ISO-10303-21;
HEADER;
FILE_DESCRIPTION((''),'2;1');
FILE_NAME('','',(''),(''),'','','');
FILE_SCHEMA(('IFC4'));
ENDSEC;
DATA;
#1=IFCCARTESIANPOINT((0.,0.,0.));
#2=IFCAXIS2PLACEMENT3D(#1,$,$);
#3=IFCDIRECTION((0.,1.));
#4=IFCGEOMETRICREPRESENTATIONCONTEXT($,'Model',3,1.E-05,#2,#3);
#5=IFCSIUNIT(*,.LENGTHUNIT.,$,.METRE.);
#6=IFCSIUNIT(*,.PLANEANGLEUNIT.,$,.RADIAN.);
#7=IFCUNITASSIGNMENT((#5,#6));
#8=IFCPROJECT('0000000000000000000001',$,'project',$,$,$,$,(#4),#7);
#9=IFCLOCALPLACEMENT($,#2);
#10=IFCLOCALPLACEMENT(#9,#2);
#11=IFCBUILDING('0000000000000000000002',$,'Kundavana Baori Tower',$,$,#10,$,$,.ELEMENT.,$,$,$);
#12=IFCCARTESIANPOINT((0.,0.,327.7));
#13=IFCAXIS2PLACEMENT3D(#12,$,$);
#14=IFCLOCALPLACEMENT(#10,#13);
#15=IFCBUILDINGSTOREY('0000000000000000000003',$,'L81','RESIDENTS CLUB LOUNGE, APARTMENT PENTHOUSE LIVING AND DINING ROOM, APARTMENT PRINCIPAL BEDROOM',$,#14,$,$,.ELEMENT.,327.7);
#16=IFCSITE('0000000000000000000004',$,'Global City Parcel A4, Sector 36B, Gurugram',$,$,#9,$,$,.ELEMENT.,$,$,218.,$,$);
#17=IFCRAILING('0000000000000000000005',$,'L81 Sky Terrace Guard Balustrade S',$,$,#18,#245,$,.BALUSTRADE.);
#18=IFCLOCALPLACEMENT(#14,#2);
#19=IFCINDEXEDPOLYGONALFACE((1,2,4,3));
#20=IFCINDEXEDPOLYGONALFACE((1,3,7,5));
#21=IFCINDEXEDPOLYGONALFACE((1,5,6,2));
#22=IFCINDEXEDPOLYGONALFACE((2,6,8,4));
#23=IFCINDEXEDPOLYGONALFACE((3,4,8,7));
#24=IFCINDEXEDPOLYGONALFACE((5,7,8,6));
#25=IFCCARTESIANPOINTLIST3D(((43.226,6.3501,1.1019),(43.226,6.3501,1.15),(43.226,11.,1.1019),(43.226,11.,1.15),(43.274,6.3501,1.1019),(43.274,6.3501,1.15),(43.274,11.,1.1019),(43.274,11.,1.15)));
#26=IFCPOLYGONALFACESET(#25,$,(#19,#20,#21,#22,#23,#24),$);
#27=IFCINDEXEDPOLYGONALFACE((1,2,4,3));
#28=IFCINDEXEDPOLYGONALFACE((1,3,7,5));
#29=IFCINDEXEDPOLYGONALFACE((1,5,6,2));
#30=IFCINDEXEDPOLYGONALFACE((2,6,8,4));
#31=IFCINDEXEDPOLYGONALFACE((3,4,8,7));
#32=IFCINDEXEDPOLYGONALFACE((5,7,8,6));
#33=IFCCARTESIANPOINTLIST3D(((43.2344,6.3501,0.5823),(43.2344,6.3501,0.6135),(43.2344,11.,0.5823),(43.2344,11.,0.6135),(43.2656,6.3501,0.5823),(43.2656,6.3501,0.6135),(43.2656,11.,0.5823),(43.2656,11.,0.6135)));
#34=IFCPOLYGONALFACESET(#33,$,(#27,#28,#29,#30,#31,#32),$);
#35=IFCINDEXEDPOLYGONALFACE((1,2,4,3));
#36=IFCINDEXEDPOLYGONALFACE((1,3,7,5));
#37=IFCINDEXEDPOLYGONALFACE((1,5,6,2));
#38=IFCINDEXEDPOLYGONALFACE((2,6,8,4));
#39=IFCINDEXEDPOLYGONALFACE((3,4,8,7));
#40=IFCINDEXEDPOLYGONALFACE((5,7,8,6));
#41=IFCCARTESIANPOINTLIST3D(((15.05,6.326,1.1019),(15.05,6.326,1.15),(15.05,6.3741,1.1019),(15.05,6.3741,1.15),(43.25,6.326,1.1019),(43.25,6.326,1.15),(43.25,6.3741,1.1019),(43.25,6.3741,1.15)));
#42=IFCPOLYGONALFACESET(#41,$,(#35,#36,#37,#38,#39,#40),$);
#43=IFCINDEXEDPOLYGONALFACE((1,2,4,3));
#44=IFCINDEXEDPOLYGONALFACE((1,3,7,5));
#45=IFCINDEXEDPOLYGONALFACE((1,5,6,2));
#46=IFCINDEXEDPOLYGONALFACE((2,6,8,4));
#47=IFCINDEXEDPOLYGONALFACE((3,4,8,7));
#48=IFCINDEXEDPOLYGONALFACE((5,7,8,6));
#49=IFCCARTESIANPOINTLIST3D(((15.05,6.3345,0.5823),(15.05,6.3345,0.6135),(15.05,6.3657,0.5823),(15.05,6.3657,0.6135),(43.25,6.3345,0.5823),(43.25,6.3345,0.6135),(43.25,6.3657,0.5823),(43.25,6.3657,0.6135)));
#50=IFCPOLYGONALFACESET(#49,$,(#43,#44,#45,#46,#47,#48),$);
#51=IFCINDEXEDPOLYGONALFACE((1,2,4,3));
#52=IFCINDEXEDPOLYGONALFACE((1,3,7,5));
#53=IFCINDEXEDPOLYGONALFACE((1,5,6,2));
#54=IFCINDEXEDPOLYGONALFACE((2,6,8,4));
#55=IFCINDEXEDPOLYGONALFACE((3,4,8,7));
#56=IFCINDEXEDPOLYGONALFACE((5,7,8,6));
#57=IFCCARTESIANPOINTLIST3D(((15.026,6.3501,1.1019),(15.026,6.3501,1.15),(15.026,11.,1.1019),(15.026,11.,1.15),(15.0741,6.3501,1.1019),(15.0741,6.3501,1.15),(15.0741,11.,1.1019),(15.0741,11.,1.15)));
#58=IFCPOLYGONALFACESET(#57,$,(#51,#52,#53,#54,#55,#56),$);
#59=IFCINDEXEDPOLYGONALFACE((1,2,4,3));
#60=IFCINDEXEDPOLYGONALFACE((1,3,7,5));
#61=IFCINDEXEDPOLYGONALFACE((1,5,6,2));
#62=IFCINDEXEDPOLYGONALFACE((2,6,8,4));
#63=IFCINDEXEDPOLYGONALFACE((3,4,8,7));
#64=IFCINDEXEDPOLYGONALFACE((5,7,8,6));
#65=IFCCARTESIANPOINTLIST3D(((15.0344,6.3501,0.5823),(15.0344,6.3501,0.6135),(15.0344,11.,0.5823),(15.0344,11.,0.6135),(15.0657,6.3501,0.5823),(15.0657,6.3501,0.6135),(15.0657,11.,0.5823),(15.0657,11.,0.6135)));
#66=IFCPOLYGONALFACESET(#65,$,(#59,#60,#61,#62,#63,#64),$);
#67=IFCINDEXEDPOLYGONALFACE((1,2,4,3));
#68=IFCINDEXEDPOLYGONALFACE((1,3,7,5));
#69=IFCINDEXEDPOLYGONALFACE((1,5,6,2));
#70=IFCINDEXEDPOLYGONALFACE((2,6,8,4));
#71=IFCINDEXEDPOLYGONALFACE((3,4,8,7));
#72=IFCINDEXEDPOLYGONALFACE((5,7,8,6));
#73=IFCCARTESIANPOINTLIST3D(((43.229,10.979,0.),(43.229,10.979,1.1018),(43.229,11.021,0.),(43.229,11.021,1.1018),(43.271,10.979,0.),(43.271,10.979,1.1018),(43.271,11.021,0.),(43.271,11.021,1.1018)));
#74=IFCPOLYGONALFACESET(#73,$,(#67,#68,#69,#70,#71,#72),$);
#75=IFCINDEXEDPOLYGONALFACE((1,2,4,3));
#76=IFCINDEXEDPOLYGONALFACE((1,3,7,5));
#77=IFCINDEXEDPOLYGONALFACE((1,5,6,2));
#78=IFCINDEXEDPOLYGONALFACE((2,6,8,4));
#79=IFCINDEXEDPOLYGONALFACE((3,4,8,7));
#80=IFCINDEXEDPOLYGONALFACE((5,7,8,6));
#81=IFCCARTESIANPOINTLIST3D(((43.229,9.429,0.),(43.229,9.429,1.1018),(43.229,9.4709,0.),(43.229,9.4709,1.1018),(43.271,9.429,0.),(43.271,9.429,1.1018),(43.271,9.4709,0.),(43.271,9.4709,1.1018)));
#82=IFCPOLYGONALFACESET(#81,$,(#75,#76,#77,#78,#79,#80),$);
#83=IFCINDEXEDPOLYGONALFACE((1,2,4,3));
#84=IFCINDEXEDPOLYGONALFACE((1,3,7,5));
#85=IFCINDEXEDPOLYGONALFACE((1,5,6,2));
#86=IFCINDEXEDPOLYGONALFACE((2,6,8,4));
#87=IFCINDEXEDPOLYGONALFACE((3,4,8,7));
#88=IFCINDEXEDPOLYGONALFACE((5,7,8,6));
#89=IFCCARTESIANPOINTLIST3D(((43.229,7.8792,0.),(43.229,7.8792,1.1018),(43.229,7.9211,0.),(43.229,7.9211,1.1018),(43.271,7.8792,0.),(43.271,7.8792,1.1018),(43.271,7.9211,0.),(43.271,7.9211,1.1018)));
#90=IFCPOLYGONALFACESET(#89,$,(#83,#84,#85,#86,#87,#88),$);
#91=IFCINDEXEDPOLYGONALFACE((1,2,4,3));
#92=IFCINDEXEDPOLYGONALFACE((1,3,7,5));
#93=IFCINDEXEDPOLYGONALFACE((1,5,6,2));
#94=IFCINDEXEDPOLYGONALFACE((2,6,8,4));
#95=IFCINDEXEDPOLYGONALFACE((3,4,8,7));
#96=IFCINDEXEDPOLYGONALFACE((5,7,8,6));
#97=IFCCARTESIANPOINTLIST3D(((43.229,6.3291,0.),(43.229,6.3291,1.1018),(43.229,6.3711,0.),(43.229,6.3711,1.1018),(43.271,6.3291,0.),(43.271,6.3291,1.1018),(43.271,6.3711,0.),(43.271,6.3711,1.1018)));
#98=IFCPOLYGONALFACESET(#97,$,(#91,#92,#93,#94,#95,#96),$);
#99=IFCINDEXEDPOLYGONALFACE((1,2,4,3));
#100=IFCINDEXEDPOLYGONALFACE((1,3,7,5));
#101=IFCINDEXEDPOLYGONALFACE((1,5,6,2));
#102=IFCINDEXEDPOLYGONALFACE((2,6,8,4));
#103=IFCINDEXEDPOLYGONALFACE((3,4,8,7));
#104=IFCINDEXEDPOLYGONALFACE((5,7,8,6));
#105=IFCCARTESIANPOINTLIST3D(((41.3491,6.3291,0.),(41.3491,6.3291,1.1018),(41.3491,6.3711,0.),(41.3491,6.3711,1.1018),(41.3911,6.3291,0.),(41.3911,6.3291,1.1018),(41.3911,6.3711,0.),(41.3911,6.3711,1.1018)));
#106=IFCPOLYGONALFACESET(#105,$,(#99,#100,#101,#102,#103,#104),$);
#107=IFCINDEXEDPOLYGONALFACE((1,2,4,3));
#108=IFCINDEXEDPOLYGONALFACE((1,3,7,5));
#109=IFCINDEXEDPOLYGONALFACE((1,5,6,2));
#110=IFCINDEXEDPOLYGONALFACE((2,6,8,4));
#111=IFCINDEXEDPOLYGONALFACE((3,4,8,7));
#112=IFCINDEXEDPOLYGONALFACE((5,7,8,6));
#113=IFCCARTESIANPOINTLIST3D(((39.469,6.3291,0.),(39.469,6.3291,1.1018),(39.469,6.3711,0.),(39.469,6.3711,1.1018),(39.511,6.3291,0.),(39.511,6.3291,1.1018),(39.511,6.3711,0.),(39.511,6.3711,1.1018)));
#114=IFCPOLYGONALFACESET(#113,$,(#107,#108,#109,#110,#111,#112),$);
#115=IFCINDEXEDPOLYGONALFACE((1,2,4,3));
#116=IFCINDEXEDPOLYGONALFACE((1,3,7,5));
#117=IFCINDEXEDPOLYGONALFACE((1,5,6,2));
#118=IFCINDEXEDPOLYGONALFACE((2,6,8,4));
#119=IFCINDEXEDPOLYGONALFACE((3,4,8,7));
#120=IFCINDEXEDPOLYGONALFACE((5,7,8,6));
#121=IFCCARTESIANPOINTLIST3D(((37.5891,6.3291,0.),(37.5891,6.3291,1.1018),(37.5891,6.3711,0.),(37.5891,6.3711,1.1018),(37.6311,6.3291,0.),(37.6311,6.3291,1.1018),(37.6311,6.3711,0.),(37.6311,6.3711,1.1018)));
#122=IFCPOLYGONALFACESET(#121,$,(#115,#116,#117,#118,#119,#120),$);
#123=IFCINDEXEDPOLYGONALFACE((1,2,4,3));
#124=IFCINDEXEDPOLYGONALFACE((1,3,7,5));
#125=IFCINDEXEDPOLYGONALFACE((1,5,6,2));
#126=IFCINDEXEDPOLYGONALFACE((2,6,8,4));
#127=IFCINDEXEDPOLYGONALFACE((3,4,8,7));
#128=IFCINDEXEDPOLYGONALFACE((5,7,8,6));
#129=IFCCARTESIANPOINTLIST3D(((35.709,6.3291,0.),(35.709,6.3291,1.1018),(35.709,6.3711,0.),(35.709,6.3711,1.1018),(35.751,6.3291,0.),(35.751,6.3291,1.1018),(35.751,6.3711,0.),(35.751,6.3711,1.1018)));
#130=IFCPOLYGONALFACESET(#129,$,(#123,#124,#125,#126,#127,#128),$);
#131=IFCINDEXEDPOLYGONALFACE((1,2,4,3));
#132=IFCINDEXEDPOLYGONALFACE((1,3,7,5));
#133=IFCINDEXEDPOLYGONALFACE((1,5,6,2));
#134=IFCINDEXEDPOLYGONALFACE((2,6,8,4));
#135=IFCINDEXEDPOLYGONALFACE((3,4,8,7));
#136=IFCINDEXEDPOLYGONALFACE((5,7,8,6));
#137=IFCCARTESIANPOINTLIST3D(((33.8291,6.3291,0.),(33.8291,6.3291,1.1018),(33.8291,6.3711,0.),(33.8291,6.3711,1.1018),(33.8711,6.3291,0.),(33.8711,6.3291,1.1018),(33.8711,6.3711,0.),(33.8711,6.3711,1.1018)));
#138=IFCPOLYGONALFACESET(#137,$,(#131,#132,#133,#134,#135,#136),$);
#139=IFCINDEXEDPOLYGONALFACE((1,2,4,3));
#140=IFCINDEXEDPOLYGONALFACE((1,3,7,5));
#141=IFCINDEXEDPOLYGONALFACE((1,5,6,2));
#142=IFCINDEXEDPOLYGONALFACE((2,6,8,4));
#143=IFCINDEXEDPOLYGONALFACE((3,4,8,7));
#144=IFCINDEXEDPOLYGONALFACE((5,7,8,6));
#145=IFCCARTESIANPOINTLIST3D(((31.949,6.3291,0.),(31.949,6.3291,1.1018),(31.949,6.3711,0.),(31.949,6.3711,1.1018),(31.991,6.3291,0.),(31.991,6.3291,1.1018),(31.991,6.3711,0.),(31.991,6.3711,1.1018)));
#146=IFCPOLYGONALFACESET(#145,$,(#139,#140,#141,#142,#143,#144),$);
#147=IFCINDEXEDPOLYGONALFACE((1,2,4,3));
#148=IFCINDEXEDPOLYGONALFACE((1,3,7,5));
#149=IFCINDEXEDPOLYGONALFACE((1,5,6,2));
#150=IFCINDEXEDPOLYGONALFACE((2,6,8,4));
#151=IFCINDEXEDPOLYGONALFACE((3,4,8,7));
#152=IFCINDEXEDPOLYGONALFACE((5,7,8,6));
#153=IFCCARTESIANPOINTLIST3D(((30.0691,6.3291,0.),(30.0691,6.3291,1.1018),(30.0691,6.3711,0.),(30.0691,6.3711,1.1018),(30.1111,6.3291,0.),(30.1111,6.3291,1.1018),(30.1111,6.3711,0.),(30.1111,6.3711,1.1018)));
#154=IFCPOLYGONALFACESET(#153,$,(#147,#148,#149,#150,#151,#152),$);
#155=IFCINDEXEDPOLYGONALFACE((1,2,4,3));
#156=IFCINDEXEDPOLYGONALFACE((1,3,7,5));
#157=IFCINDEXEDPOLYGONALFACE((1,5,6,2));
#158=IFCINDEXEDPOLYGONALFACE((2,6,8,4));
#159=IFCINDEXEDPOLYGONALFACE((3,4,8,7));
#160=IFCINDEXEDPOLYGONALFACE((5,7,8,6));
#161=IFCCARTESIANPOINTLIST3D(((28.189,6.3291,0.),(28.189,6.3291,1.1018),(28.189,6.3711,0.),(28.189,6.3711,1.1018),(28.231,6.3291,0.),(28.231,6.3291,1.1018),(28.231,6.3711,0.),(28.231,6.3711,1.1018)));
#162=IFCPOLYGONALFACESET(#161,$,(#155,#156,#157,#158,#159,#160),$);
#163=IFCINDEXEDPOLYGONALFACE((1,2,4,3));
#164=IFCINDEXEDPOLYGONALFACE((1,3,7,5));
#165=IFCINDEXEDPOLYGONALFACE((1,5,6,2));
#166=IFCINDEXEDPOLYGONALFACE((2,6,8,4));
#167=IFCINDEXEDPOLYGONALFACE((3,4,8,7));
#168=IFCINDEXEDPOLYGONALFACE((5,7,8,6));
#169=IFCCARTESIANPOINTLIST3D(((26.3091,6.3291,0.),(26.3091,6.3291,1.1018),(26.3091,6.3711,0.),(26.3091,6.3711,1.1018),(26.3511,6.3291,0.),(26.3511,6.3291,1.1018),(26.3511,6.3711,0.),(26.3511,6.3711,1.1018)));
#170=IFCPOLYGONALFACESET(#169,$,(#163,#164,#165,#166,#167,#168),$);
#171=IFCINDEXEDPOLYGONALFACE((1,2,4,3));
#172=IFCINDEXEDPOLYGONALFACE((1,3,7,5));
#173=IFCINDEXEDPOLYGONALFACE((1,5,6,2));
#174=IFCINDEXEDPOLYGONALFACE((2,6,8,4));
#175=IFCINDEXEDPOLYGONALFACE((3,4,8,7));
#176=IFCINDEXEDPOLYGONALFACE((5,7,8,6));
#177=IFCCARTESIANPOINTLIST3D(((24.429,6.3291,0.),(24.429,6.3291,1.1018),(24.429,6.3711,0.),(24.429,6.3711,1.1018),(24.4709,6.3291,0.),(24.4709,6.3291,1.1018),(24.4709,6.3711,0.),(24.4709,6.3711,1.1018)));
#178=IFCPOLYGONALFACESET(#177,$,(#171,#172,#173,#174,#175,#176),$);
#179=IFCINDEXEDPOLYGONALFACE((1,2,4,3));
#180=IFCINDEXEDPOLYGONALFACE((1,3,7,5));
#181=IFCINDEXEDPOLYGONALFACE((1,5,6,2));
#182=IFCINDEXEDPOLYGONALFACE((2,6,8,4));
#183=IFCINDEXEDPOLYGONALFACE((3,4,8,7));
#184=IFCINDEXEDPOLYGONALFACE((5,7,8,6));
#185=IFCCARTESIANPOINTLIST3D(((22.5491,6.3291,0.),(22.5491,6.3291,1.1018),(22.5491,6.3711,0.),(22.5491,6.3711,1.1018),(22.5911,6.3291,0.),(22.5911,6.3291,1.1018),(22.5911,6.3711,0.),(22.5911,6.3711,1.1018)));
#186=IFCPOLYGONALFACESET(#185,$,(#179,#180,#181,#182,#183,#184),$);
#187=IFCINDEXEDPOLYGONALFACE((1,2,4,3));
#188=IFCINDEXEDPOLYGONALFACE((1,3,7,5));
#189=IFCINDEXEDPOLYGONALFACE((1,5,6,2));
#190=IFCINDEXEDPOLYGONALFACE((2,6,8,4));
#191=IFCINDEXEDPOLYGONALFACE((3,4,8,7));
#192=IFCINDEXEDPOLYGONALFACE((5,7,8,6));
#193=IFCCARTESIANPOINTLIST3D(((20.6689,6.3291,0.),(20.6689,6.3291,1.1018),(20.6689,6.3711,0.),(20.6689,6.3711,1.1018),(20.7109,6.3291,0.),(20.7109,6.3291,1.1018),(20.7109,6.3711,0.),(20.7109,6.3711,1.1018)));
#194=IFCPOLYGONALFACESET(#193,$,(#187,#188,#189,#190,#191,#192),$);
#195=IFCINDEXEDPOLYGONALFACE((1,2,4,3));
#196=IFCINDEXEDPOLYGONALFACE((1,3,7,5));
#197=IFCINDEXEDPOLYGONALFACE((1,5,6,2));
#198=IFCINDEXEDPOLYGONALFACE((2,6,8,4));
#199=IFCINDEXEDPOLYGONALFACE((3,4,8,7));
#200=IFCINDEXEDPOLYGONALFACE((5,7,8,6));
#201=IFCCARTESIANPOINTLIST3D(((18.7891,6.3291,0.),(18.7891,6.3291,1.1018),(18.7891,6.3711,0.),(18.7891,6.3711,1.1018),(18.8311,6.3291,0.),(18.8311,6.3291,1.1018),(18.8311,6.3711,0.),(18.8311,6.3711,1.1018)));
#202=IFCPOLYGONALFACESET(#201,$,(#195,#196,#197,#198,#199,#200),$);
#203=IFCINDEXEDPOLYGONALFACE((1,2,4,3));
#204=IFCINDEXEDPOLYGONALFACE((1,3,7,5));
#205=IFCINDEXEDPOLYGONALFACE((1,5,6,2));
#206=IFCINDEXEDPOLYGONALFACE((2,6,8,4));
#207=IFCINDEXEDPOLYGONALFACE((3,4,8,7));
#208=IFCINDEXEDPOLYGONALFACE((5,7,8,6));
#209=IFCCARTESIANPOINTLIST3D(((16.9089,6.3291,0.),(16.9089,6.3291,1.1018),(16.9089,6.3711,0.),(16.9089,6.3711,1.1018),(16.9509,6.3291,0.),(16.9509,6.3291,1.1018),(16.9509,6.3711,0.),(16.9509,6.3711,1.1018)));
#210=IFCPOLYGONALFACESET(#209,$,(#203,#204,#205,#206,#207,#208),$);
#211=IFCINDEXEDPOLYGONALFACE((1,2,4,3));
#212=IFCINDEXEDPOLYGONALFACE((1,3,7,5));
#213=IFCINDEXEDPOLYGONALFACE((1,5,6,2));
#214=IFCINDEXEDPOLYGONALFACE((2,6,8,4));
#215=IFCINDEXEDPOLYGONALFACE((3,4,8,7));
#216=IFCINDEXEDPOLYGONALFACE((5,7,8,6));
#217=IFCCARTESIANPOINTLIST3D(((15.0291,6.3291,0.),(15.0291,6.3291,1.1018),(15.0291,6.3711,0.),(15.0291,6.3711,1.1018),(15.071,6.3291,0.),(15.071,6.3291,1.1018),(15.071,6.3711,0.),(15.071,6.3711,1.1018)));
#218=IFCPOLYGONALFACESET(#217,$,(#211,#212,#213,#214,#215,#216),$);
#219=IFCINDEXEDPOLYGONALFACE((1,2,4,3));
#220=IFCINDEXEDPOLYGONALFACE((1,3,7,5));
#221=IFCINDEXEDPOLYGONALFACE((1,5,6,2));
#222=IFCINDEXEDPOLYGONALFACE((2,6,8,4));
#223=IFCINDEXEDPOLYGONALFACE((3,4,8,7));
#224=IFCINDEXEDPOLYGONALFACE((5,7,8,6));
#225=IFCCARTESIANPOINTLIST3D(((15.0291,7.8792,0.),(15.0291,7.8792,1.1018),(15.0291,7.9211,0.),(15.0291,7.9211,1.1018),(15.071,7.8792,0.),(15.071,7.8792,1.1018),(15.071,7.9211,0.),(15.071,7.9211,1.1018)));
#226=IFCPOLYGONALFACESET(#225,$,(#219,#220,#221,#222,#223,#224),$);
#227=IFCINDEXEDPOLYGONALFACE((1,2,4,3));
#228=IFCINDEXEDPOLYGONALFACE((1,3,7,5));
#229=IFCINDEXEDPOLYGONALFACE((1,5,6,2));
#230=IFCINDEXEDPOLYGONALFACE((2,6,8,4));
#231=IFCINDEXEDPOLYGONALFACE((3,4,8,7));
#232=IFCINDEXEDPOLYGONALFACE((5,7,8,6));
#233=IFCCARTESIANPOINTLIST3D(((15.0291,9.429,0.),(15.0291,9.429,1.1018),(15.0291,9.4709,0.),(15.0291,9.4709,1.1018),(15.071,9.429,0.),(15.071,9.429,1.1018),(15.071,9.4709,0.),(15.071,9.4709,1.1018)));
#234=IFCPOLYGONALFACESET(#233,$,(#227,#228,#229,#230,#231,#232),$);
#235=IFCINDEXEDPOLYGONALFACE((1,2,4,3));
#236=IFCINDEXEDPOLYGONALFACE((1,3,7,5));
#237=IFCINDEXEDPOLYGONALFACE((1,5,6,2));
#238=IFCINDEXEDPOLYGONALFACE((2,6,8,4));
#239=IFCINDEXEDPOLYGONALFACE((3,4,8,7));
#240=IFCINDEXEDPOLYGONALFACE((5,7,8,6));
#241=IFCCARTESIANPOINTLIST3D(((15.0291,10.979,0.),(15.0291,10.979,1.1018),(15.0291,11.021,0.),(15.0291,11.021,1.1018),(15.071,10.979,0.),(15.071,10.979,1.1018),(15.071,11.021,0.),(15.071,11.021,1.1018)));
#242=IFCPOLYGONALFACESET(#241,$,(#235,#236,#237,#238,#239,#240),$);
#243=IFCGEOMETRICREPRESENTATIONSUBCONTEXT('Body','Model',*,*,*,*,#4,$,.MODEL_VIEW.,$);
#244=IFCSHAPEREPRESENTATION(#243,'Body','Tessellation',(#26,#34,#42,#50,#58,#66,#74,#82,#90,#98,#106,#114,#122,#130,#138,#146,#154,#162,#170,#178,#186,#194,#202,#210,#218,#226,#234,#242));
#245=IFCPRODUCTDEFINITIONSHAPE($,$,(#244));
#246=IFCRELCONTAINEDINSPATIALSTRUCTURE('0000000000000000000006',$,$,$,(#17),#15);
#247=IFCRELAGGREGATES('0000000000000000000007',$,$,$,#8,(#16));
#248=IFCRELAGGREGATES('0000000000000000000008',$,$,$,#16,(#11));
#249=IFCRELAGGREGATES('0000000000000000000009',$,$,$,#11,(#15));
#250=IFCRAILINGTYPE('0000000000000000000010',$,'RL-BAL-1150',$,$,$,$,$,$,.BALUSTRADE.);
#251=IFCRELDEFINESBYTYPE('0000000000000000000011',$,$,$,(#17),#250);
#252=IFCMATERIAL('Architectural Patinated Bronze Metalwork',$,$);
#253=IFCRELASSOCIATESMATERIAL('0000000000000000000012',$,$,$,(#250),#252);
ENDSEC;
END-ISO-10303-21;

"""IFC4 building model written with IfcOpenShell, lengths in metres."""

from ifc_helpers import new_model, si_unit, direction, frame, origin, origin_2d, place, context, subcontext, project, spatial, rectangle, extrude, material, type_object, element, save


model = new_model("IFC4")

# Units and contexts
model_context = context("Model", 3, precision=1e-05, world=origin(), true_north=direction((0.0, 1.0)))
body_context = subcontext(model_context, "Body", "Model", "MODEL_VIEW")
ifc_project = project(units=[si_unit("LENGTHUNIT", "METRE"), si_unit("PLANEANGLEUNIT", "RADIAN")], contexts=[model_context])

# Site, building, storey
site_placement = place(None, origin())
site = spatial("IfcSite", under=ifc_project, at=site_placement, Name="Global City Parcel A4, Sector 36B, Gurugram", CompositionType="ELEMENT", RefElevation=218.0)
building_placement = place(site_placement, origin())
building = spatial("IfcBuilding", under=site, at=building_placement, Name="Kundavana Baori Tower", CompositionType="ELEMENT")
storey_placement = place(building_placement, frame((0.0, 0.0, 327.7)))
storey = spatial("IfcBuildingStorey", under=building, at=storey_placement, Name="L81", Description="RESIDENTS CLUB LOUNGE, APARTMENT PENTHOUSE LIVING AND DINING ROOM, APARTMENT PRINCIPAL BEDROOM", CompositionType="ELEMENT", Elevation=327.7)

# Railing
ifc_material_1 = material(Name="Architectural Patinated Bronze Metalwork")
railing_type = type_object("IfcRailingType", Name="RL-BAL-1150", PredefinedType="BALUSTRADE", material=ifc_material_1)
railing_placement = place(storey_placement, frame((43.25, 11.0, 0.0)))
element("IfcRailing", 1, at=railing_placement, inside=storey, type_object=railing_type, Name="L81 Sky Terrace Guard Balustrade S", PredefinedType="BALUSTRADE", context=body_context, shape_type="SweptSolid", body=[
    extrude(rectangle(XDim=0.0481, YDim=0.0481, at=origin_2d()), frame((0.0, 0.0, 1.126), z_axis=(0.0, -1.0, 0.0), x_axis=(1.0, 0.0, 0.0)), (0.0, 0.0, 1.0), 4.6499),
    extrude(rectangle(XDim=0.0312, YDim=0.0312, at=origin_2d()), frame((0.0, 0.0, 0.5979), z_axis=(0.0, -1.0, 0.0), x_axis=(1.0, 0.0, 0.0)), (0.0, 0.0, 1.0), 4.6499),
    extrude(rectangle(XDim=0.0481, YDim=0.0481, at=origin_2d()), frame((0.0, -4.6499, 1.126), z_axis=(-1.0, 0.0, 0.0), x_axis=(0.0, -1.0, 0.0)), (0.0, 0.0, 1.0), 28.2),
    extrude(rectangle(XDim=0.0312, YDim=0.0312, at=origin_2d()), frame((0.0, -4.6499, 0.5979), z_axis=(-1.0, 0.0, 0.0), x_axis=(0.0, -1.0, 0.0)), (0.0, 0.0, 1.0), 28.2),
    extrude(rectangle(XDim=0.0481, YDim=0.0481, at=origin_2d()), frame((-28.2, -4.6499, 1.126), z_axis=(0.0, 1.0, 0.0), x_axis=(-1.0, 0.0, 0.0)), (0.0, 0.0, 1.0), 4.6499),
    extrude(rectangle(XDim=0.0312, YDim=0.0312, at=origin_2d()), frame((-28.2, -4.6499, 0.5979), z_axis=(0.0, 1.0, 0.0), x_axis=(-1.0, 0.0, 0.0)), (0.0, 0.0, 1.0), 4.6499),
    extrude(rectangle(XDim=0.042, YDim=0.042, at=origin_2d()), origin(), (0.0, 0.0, 1.0), 1.1018),
    extrude(rectangle(XDim=0.042, YDim=0.042, at=origin_2d()), frame((0.0, -1.55, 0.0)), (0.0, 0.0, 1.0), 1.1018),
    extrude(rectangle(XDim=0.042, YDim=0.042, at=origin_2d()), frame((0.0, -3.0999, 0.0)), (0.0, 0.0, 1.0), 1.1018),
    extrude(rectangle(XDim=0.042, YDim=0.042, at=origin_2d()), frame((0.0, -4.6499, 0.0)), (0.0, 0.0, 1.0), 1.1018),
    extrude(rectangle(XDim=0.042, YDim=0.042, at=origin_2d()), frame((-1.8799, -4.6499, 0.0)), (0.0, 0.0, 1.0), 1.1018),
    extrude(rectangle(XDim=0.042, YDim=0.042, at=origin_2d()), frame((-3.76, -4.6499, 0.0)), (0.0, 0.0, 1.0), 1.1018),
    extrude(rectangle(XDim=0.042, YDim=0.042, at=origin_2d()), frame((-5.6399, -4.6499, 0.0)), (0.0, 0.0, 1.0), 1.1018),
    extrude(rectangle(XDim=0.042, YDim=0.042, at=origin_2d()), frame((-7.52, -4.6499, 0.0)), (0.0, 0.0, 1.0), 1.1018),
    extrude(rectangle(XDim=0.042, YDim=0.042, at=origin_2d()), frame((-9.3999, -4.6499, 0.0)), (0.0, 0.0, 1.0), 1.1018),
    extrude(rectangle(XDim=0.042, YDim=0.042, at=origin_2d()), frame((-11.28, -4.6499, 0.0)), (0.0, 0.0, 1.0), 1.1018),
    extrude(rectangle(XDim=0.042, YDim=0.042, at=origin_2d()), frame((-13.1599, -4.6499, 0.0)), (0.0, 0.0, 1.0), 1.1018),
    extrude(rectangle(XDim=0.042, YDim=0.042, at=origin_2d()), frame((-15.04, -4.6499, 0.0)), (0.0, 0.0, 1.0), 1.1018),
    extrude(rectangle(XDim=0.042, YDim=0.042, at=origin_2d()), frame((-16.9199, -4.6499, 0.0)), (0.0, 0.0, 1.0), 1.1018),
    extrude(rectangle(XDim=0.042, YDim=0.042, at=origin_2d()), frame((-18.8, -4.6499, 0.0)), (0.0, 0.0, 1.0), 1.1018),
    extrude(rectangle(XDim=0.042, YDim=0.042, at=origin_2d()), frame((-20.6799, -4.6499, 0.0)), (0.0, 0.0, 1.0), 1.1018),
    extrude(rectangle(XDim=0.042, YDim=0.042, at=origin_2d()), frame((-22.5601, -4.6499, 0.0)), (0.0, 0.0, 1.0), 1.1018),
    extrude(rectangle(XDim=0.042, YDim=0.042, at=origin_2d()), frame((-24.4399, -4.6499, 0.0)), (0.0, 0.0, 1.0), 1.1018),
    extrude(rectangle(XDim=0.042, YDim=0.042, at=origin_2d()), frame((-26.3201, -4.6499, 0.0)), (0.0, 0.0, 1.0), 1.1018),
    extrude(rectangle(XDim=0.042, YDim=0.042, at=origin_2d()), frame((-28.2, -4.6499, 0.0)), (0.0, 0.0, 1.0), 1.1018),
    extrude(rectangle(XDim=0.042, YDim=0.042, at=origin_2d()), frame((-28.2, -3.0999, 0.0)), (0.0, 0.0, 1.0), 1.1018),
    extrude(rectangle(XDim=0.042, YDim=0.042, at=origin_2d()), frame((-28.2, -1.55, 0.0)), (0.0, 0.0, 1.0), 1.1018),
    extrude(rectangle(XDim=0.042, YDim=0.042, at=origin_2d()), frame((-28.2, 0.0, 0.0)), (0.0, 0.0, 1.0), 1.1018),
])

save(model, "model.ifc")
